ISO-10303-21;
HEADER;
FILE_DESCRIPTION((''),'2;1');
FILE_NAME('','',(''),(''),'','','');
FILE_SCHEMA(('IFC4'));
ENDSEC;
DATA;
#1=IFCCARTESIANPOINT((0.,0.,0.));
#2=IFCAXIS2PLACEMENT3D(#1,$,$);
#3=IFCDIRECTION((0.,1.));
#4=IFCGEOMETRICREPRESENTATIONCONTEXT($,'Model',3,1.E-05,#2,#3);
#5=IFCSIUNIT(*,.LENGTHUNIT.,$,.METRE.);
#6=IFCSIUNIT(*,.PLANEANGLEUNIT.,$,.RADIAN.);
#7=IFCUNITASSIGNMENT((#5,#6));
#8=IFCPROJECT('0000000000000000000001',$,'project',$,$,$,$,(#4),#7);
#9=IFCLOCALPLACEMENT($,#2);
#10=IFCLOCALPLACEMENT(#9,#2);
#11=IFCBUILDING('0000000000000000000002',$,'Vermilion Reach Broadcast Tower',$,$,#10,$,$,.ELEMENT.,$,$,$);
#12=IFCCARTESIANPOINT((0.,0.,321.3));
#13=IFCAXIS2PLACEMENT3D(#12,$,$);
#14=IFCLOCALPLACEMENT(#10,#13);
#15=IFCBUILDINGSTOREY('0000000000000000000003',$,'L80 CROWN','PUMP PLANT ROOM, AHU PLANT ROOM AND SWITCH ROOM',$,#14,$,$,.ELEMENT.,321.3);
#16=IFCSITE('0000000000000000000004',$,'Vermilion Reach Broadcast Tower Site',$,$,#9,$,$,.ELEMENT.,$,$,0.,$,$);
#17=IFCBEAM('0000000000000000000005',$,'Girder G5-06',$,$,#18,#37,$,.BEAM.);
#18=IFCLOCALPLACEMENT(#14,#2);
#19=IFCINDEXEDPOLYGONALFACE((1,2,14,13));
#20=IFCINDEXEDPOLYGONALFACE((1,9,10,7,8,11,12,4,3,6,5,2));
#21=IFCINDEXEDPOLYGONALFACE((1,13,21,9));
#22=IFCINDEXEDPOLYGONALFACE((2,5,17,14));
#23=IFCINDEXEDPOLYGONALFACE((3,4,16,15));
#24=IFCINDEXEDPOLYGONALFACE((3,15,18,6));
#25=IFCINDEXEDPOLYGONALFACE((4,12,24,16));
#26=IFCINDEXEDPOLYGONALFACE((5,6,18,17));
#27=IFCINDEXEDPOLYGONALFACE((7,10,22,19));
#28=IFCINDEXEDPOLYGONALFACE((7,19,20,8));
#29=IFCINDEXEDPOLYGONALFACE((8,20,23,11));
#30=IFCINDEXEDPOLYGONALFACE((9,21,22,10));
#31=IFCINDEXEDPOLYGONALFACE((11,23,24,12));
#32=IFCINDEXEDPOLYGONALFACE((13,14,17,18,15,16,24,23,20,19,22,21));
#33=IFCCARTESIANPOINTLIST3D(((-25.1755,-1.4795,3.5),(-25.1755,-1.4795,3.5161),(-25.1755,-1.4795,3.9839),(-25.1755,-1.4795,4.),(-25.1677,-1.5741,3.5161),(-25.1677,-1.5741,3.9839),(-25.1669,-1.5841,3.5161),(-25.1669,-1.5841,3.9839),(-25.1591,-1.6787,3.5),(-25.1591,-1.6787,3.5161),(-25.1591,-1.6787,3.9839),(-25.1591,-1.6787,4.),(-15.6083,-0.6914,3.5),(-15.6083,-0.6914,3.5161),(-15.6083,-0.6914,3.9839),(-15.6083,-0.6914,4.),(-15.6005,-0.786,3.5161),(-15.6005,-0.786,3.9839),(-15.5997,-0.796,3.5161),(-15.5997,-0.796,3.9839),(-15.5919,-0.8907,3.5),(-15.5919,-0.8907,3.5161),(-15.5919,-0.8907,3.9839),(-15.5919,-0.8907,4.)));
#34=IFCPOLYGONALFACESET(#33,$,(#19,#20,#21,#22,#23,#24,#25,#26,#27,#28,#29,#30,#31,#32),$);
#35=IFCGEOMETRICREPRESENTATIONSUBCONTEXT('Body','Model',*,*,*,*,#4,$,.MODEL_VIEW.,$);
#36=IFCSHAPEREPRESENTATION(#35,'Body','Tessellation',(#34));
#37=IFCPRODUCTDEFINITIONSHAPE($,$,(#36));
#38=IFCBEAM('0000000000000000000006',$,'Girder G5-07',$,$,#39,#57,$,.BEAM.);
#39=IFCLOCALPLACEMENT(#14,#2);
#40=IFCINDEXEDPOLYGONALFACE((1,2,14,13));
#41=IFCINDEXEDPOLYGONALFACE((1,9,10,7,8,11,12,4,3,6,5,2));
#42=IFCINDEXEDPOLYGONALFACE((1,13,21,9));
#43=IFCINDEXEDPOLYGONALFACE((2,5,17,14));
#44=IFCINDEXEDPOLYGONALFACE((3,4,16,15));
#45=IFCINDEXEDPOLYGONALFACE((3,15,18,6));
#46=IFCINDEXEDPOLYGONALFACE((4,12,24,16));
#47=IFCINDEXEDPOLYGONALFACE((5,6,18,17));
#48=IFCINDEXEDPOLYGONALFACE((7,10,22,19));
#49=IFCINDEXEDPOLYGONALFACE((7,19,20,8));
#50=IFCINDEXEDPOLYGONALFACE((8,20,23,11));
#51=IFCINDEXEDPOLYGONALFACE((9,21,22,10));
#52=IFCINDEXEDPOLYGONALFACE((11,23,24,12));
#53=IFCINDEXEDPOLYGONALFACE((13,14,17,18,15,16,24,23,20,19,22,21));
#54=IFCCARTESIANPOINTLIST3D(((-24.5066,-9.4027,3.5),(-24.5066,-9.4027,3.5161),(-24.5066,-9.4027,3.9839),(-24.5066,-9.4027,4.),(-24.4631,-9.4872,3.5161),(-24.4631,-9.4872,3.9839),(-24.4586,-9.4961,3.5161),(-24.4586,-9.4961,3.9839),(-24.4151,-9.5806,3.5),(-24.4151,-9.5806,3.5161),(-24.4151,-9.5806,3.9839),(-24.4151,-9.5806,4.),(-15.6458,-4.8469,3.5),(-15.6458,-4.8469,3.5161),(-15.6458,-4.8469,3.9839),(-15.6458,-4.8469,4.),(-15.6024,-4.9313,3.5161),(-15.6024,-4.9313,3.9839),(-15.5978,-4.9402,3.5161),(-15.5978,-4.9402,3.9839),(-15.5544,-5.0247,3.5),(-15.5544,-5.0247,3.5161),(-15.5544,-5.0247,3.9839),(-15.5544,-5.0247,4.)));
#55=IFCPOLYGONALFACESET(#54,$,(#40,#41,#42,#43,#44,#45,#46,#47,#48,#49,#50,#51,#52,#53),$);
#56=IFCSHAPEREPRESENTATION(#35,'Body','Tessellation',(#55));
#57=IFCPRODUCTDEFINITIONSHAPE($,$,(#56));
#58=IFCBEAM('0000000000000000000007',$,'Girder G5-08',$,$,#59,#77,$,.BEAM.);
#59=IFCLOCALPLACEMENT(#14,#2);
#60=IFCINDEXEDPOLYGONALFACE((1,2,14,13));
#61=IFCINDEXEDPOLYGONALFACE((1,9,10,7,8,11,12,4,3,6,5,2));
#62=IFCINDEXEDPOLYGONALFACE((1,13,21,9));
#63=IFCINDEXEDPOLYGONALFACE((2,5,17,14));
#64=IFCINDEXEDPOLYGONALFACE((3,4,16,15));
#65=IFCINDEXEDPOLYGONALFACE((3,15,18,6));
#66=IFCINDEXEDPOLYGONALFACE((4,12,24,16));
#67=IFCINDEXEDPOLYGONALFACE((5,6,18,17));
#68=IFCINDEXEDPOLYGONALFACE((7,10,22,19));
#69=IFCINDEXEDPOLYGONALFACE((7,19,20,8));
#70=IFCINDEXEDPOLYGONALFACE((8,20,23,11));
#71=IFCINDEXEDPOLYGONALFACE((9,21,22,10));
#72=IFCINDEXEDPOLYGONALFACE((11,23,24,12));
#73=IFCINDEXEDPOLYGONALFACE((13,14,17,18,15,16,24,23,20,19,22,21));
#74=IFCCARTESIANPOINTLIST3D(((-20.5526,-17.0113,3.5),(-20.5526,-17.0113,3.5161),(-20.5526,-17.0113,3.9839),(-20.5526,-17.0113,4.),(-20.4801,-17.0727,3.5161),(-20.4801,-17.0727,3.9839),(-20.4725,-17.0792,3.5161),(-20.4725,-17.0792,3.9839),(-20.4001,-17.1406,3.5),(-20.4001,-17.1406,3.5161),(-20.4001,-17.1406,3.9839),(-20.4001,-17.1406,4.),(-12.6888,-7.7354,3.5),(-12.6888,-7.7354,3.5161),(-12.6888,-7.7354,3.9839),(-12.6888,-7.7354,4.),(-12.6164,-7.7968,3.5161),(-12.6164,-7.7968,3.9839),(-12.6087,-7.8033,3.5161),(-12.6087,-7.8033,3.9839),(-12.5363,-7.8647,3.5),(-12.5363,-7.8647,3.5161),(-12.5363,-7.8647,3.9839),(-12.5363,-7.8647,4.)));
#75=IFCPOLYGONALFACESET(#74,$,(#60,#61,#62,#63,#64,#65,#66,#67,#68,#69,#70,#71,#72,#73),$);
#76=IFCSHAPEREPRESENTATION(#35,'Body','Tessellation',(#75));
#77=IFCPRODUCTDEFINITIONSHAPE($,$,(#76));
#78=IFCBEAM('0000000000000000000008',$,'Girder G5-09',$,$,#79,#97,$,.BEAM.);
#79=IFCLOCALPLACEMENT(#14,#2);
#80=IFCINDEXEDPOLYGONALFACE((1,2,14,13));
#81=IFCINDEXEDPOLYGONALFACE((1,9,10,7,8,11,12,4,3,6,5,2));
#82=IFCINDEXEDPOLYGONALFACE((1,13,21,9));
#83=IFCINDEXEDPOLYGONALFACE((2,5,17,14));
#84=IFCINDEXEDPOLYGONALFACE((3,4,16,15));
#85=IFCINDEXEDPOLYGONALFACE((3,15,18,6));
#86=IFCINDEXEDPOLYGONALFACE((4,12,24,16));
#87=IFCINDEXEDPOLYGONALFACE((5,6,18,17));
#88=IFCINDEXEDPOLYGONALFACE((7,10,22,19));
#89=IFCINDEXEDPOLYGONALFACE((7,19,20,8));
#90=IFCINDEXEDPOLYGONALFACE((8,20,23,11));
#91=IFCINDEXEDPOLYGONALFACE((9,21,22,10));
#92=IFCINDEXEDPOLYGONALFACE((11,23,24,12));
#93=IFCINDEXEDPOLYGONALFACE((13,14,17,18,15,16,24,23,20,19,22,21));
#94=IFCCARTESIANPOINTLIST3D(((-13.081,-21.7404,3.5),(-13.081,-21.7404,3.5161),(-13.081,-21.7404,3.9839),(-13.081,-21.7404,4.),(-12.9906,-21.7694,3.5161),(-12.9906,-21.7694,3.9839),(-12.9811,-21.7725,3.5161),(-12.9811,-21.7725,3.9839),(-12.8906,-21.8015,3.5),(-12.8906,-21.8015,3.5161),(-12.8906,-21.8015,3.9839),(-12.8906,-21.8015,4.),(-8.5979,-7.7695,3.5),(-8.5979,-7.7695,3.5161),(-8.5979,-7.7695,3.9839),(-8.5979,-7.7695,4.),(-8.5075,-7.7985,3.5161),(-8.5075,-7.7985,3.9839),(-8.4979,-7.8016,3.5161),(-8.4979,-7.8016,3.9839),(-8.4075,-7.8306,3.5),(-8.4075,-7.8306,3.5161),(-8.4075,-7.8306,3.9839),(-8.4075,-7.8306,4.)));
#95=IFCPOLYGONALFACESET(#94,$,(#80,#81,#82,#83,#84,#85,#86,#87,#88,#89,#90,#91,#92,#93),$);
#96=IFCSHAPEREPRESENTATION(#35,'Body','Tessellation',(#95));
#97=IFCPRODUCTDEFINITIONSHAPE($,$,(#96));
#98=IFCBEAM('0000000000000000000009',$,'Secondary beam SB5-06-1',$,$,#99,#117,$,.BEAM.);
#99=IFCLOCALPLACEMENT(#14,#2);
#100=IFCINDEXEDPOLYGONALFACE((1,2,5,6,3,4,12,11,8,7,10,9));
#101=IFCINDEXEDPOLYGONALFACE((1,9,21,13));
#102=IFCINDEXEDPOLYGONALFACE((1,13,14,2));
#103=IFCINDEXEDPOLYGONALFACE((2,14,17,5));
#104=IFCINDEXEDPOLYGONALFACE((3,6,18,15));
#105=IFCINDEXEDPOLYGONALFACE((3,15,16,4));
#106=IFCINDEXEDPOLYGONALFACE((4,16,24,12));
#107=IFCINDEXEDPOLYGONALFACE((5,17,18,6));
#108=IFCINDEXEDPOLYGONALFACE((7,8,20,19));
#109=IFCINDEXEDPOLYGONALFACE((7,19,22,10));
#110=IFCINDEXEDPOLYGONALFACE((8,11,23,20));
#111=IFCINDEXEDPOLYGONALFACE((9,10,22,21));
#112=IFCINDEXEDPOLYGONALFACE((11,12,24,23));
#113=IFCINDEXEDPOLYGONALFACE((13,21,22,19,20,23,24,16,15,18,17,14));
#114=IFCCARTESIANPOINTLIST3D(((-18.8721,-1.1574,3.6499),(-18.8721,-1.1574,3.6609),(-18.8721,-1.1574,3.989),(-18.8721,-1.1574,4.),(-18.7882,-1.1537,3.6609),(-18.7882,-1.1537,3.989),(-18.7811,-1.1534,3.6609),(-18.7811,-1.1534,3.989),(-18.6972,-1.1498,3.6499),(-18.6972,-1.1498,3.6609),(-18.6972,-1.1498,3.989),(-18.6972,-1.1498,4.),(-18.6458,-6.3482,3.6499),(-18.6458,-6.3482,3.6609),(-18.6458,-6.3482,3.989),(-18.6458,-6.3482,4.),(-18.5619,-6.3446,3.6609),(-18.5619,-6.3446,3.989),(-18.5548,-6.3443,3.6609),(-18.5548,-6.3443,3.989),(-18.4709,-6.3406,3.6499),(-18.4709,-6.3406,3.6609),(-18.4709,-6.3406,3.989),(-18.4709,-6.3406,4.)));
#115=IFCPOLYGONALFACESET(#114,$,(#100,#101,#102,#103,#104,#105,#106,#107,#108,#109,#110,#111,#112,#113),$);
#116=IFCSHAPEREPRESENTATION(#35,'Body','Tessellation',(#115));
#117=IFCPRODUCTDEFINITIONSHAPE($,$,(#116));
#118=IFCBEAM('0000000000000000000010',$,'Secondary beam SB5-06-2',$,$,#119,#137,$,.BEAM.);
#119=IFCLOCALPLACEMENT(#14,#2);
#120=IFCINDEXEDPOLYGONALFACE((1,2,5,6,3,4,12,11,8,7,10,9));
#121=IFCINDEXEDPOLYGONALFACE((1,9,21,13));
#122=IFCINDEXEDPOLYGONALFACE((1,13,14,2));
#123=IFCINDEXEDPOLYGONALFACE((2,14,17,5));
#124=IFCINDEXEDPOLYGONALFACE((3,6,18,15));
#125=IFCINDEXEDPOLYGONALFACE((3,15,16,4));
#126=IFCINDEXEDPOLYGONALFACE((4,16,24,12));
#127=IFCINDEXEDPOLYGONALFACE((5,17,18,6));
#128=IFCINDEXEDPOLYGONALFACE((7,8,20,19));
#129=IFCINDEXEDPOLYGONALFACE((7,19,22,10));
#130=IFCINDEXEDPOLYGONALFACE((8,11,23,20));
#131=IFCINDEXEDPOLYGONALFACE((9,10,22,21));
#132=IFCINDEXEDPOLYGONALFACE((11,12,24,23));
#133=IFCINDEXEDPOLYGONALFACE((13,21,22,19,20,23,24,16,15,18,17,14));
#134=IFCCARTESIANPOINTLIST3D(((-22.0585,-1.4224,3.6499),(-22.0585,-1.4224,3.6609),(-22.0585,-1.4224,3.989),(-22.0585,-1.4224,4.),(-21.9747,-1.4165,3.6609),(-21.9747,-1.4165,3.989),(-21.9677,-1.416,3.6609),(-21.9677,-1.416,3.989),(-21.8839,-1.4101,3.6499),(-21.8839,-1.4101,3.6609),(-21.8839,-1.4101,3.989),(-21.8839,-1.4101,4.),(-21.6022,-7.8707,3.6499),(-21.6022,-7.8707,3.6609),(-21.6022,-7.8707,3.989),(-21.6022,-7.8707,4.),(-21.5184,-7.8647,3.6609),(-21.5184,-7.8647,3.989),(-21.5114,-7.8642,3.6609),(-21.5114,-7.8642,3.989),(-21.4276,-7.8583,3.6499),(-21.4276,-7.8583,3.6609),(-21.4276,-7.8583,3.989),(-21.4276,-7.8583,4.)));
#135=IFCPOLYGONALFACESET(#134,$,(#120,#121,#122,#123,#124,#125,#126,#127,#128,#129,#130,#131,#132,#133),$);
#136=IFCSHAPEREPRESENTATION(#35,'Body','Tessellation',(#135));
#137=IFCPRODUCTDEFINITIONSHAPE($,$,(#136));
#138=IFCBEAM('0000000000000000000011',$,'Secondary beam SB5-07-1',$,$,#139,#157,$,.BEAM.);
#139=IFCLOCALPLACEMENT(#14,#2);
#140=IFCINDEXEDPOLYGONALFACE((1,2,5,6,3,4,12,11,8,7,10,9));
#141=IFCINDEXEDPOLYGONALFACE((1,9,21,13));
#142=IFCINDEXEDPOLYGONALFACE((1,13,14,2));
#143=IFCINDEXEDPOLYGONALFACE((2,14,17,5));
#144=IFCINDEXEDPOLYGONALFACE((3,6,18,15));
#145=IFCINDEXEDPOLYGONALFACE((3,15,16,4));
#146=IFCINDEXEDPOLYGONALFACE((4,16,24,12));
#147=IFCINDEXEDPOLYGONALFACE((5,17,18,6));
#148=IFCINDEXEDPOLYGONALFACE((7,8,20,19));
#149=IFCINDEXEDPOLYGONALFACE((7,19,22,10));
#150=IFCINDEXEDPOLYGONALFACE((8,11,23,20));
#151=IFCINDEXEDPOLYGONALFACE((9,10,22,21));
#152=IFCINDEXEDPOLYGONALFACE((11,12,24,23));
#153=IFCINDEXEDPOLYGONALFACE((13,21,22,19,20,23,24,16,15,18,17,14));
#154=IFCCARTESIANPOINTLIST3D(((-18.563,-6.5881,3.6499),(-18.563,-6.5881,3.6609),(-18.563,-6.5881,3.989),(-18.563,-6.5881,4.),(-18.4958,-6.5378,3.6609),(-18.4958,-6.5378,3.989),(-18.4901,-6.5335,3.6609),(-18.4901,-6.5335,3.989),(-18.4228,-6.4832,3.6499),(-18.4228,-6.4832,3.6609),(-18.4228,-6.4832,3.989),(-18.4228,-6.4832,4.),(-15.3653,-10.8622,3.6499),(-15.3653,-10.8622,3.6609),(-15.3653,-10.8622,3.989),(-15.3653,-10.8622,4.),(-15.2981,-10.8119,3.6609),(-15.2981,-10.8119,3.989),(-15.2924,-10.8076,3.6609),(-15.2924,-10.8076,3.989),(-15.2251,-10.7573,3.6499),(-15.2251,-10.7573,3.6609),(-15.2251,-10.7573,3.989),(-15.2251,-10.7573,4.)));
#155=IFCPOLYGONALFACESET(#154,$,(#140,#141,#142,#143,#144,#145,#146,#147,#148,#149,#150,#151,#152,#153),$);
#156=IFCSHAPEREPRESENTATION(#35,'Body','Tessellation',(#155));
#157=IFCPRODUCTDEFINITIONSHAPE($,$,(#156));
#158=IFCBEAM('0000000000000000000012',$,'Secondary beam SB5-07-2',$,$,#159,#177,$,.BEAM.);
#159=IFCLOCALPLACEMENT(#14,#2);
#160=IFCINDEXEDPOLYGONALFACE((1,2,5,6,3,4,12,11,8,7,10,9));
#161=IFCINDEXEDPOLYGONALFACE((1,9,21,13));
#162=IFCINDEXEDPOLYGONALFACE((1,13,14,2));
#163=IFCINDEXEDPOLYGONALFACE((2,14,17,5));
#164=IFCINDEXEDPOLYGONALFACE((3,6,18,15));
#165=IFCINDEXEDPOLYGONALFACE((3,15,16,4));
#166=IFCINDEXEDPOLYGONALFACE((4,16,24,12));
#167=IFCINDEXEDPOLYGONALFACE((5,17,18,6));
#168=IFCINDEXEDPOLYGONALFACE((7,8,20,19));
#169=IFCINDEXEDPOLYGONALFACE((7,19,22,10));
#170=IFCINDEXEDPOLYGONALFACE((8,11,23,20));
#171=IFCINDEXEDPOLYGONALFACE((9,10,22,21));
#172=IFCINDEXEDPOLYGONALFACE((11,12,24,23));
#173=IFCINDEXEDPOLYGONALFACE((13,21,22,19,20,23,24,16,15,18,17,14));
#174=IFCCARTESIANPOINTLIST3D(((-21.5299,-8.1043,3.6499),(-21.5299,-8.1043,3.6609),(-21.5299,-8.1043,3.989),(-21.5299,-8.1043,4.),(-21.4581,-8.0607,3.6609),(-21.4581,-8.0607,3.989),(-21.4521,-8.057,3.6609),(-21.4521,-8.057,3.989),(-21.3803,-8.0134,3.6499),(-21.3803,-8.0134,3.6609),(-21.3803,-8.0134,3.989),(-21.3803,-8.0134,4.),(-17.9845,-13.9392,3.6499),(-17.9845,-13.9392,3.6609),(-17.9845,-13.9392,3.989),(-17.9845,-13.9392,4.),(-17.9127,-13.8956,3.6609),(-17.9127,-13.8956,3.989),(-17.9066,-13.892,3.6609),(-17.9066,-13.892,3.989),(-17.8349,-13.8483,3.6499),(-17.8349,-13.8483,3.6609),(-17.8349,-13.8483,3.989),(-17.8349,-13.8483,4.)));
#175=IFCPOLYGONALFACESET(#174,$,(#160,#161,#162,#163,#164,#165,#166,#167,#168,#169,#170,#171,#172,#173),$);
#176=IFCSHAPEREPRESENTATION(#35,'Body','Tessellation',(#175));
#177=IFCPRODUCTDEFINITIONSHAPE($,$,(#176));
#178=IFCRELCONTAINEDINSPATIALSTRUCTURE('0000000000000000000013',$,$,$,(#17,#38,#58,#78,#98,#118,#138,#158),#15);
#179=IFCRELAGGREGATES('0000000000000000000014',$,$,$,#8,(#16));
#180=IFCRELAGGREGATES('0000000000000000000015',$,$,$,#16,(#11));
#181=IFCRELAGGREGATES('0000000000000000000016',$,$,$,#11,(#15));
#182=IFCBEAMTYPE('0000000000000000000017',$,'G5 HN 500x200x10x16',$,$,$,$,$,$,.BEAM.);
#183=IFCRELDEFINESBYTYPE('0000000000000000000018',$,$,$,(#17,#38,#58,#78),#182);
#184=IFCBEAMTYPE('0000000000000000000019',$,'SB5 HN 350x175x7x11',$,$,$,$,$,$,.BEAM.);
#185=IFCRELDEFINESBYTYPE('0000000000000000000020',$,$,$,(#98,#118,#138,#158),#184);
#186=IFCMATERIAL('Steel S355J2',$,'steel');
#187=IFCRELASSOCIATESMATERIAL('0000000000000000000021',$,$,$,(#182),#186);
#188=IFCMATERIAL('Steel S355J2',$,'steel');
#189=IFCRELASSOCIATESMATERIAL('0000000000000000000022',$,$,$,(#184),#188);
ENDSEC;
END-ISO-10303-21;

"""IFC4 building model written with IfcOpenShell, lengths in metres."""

from ifc_helpers import new_model, si_unit, direction, frame, origin, origin_2d, place, context, subcontext, project, spatial, i_section, extrude, material, material_profile, profile_set, type_object, element, save


model = new_model("IFC4")

# Units and contexts
model_context = context("Model", 3, precision=1e-05, world=origin(), true_north=direction((0.0, 1.0)))
body_context = subcontext(model_context, "Body", "Model", "MODEL_VIEW")
ifc_project = project(units=[si_unit("LENGTHUNIT", "METRE"), si_unit("PLANEANGLEUNIT", "RADIAN")], contexts=[model_context])

# Site, building, storey
site_placement = place(None, origin())
site = spatial("IfcSite", under=ifc_project, at=site_placement, Name="Vermilion Reach Broadcast Tower Site", CompositionType="ELEMENT", RefElevation=0.0)
building_placement = place(site_placement, origin())
building = spatial("IfcBuilding", under=site, at=building_placement, Name="Vermilion Reach Broadcast Tower", CompositionType="ELEMENT")
storey_placement = place(building_placement, frame((0.0, 0.0, 321.3)))
storey = spatial("IfcBuildingStorey", under=building, at=storey_placement, Name="L80 CROWN", Description="PUMP PLANT ROOM, AHU PLANT ROOM AND SWITCH ROOM", CompositionType="ELEMENT", Elevation=321.3)

# Beams
ifc_material_1 = material(Name="Steel S355J2", Category="steel")
ifc_material_profile_1 = material_profile(ifc_material_1, i_section(OverallWidth=0.2, OverallDepth=0.5, WebThickness=0.01, FlangeThickness=0.0161, at=origin_2d()), Name="S355J2 HN 500x200x10x16")
ifc_profile_set_1 = profile_set([ifc_material_profile_1], Name="Steel S355J2")
beam_type_1 = type_object("IfcBeamType", Name="G5 HN 500x200x10x16", PredefinedType="BEAM", material=ifc_profile_set_1)
beam_1_placement = place(storey_placement, frame((-15.6001, -0.791, 3.75), z_axis=(-0.996624, -0.082096, 0.0), x_axis=(0.082096, -0.996624, 0.0)))
element("IfcBeam", 1, at=beam_1_placement, inside=storey, type_object=beam_type_1, Name="Girder G5-06", PredefinedType="BEAM", context=body_context, shape_type="SweptSolid", body=[
    extrude(i_section(OverallWidth=0.2, OverallDepth=0.5, WebThickness=0.01, FlangeThickness=0.0161, at=origin_2d()), origin(), (0.0, 0.0, 1.0), 9.5996),
])
beam_2_placement = place(storey_placement, frame((-15.6001, -4.9358, 3.75), z_axis=(-0.889333, -0.457261, 0.0), x_axis=(0.457261, -0.889333, 0.0)))
element("IfcBeam", 2, at=beam_2_placement, inside=storey, type_object=beam_type_1, Name="Girder G5-07", PredefinedType="BEAM", context=body_context, shape_type="SweptSolid", body=[
    extrude(i_section(OverallWidth=0.2, OverallDepth=0.5, WebThickness=0.01, FlangeThickness=0.0161, at=origin_2d()), origin(), (0.0, 0.0, 1.0), 9.9634),
])
beam_3_placement = place(storey_placement, frame((-12.6125, -7.8, 3.75), z_axis=(-0.646658, -0.76278, 0.0), x_axis=(0.76278, -0.646658, 0.0)))
element("IfcBeam", 3, at=beam_3_placement, inside=storey, type_object=beam_type_1, Name="Girder G5-08", PredefinedType="BEAM", context=body_context, shape_type="SweptSolid", body=[
    extrude(i_section(OverallWidth=0.2, OverallDepth=0.5, WebThickness=0.01, FlangeThickness=0.0161, at=origin_2d()), origin(), (0.0, 0.0, 1.0), 12.1606),
])
beam_4_placement = place(storey_placement, frame((-8.5027, -7.8, 3.75), z_axis=(-0.305545, -0.952178, 0.0), x_axis=(0.952178, -0.305545, 0.0)))
element("IfcBeam", 4, at=beam_4_placement, inside=storey, type_object=beam_type_1, Name="Girder G5-09", PredefinedType="BEAM", context=body_context, shape_type="SweptSolid", body=[
    extrude(i_section(OverallWidth=0.2, OverallDepth=0.5, WebThickness=0.01, FlangeThickness=0.0161, at=origin_2d()), origin(), (0.0, 0.0, 1.0), 14.6726),
])
ifc_material_2 = material(Name="Steel S355J2", Category="steel")
ifc_material_profile_2 = material_profile(ifc_material_2, i_section(OverallWidth=0.175, OverallDepth=0.3501, WebThickness=0.0071, FlangeThickness=0.011, at=origin_2d()), Name="S355J2 HN 350x175x7x11")
ifc_profile_set_2 = profile_set([ifc_material_profile_2], Name="Steel S355J2")
beam_type_2 = type_object("IfcBeamType", Name="SB5 HN 350x175x7x11", PredefinedType="BEAM", material=ifc_profile_set_2)
beam_5_placement = place(storey_placement, frame((-18.7847, -1.1536, 3.825), z_axis=(0.043558, -0.999051, 0.0), x_axis=(0.999051, 0.043558, 0.0)))
element("IfcBeam", 5, at=beam_5_placement, inside=storey, type_object=beam_type_2, Name="Secondary beam SB5-06-1", PredefinedType="BEAM", context=body_context, shape_type="SweptSolid", body=[
    extrude(i_section(OverallWidth=0.175, OverallDepth=0.3501, WebThickness=0.0071, FlangeThickness=0.011, at=origin_2d()), origin(), (0.0, 0.0, 1.0), 5.1958),
])
beam_6_placement = place(storey_placement, frame((-21.9712, -1.4163, 3.825), z_axis=(0.070587, -0.997506, 0.0), x_axis=(0.997506, 0.070587, 0.0)))
element("IfcBeam", 6, at=beam_6_placement, inside=storey, type_object=beam_type_2, Name="Secondary beam SB5-06-2", PredefinedType="BEAM", context=body_context, shape_type="SweptSolid", body=[
    extrude(i_section(OverallWidth=0.175, OverallDepth=0.3501, WebThickness=0.0071, FlangeThickness=0.011, at=origin_2d()), origin(), (0.0, 0.0, 1.0), 6.4644),
])
beam_7_placement = place(storey_placement, frame((-18.4929, -6.5356, 3.825), z_axis=(0.599056, -0.800707, 0.0), x_axis=(0.800707, 0.599056, 0.0)))
element("IfcBeam", 7, at=beam_7_placement, inside=storey, type_object=beam_type_2, Name="Secondary beam SB5-07-1", PredefinedType="BEAM", context=body_context, shape_type="SweptSolid", body=[
    extrude(i_section(OverallWidth=0.175, OverallDepth=0.3501, WebThickness=0.0071, FlangeThickness=0.011, at=origin_2d()), origin(), (0.0, 0.0, 1.0), 5.3379),
])
beam_8_placement = place(storey_placement, frame((-21.4551, -8.0588, 3.825), z_axis=(0.519273, -0.854608, 0.0), x_axis=(0.854608, 0.519273, 0.0)))
element("IfcBeam", 8, at=beam_8_placement, inside=storey, type_object=beam_type_2, Name="Secondary beam SB5-07-2", PredefinedType="BEAM", context=body_context, shape_type="SweptSolid", body=[
    extrude(i_section(OverallWidth=0.175, OverallDepth=0.3501, WebThickness=0.0071, FlangeThickness=0.011, at=origin_2d()), origin(), (0.0, 0.0, 1.0), 6.8276),
])

save(model, "model.ifc")
